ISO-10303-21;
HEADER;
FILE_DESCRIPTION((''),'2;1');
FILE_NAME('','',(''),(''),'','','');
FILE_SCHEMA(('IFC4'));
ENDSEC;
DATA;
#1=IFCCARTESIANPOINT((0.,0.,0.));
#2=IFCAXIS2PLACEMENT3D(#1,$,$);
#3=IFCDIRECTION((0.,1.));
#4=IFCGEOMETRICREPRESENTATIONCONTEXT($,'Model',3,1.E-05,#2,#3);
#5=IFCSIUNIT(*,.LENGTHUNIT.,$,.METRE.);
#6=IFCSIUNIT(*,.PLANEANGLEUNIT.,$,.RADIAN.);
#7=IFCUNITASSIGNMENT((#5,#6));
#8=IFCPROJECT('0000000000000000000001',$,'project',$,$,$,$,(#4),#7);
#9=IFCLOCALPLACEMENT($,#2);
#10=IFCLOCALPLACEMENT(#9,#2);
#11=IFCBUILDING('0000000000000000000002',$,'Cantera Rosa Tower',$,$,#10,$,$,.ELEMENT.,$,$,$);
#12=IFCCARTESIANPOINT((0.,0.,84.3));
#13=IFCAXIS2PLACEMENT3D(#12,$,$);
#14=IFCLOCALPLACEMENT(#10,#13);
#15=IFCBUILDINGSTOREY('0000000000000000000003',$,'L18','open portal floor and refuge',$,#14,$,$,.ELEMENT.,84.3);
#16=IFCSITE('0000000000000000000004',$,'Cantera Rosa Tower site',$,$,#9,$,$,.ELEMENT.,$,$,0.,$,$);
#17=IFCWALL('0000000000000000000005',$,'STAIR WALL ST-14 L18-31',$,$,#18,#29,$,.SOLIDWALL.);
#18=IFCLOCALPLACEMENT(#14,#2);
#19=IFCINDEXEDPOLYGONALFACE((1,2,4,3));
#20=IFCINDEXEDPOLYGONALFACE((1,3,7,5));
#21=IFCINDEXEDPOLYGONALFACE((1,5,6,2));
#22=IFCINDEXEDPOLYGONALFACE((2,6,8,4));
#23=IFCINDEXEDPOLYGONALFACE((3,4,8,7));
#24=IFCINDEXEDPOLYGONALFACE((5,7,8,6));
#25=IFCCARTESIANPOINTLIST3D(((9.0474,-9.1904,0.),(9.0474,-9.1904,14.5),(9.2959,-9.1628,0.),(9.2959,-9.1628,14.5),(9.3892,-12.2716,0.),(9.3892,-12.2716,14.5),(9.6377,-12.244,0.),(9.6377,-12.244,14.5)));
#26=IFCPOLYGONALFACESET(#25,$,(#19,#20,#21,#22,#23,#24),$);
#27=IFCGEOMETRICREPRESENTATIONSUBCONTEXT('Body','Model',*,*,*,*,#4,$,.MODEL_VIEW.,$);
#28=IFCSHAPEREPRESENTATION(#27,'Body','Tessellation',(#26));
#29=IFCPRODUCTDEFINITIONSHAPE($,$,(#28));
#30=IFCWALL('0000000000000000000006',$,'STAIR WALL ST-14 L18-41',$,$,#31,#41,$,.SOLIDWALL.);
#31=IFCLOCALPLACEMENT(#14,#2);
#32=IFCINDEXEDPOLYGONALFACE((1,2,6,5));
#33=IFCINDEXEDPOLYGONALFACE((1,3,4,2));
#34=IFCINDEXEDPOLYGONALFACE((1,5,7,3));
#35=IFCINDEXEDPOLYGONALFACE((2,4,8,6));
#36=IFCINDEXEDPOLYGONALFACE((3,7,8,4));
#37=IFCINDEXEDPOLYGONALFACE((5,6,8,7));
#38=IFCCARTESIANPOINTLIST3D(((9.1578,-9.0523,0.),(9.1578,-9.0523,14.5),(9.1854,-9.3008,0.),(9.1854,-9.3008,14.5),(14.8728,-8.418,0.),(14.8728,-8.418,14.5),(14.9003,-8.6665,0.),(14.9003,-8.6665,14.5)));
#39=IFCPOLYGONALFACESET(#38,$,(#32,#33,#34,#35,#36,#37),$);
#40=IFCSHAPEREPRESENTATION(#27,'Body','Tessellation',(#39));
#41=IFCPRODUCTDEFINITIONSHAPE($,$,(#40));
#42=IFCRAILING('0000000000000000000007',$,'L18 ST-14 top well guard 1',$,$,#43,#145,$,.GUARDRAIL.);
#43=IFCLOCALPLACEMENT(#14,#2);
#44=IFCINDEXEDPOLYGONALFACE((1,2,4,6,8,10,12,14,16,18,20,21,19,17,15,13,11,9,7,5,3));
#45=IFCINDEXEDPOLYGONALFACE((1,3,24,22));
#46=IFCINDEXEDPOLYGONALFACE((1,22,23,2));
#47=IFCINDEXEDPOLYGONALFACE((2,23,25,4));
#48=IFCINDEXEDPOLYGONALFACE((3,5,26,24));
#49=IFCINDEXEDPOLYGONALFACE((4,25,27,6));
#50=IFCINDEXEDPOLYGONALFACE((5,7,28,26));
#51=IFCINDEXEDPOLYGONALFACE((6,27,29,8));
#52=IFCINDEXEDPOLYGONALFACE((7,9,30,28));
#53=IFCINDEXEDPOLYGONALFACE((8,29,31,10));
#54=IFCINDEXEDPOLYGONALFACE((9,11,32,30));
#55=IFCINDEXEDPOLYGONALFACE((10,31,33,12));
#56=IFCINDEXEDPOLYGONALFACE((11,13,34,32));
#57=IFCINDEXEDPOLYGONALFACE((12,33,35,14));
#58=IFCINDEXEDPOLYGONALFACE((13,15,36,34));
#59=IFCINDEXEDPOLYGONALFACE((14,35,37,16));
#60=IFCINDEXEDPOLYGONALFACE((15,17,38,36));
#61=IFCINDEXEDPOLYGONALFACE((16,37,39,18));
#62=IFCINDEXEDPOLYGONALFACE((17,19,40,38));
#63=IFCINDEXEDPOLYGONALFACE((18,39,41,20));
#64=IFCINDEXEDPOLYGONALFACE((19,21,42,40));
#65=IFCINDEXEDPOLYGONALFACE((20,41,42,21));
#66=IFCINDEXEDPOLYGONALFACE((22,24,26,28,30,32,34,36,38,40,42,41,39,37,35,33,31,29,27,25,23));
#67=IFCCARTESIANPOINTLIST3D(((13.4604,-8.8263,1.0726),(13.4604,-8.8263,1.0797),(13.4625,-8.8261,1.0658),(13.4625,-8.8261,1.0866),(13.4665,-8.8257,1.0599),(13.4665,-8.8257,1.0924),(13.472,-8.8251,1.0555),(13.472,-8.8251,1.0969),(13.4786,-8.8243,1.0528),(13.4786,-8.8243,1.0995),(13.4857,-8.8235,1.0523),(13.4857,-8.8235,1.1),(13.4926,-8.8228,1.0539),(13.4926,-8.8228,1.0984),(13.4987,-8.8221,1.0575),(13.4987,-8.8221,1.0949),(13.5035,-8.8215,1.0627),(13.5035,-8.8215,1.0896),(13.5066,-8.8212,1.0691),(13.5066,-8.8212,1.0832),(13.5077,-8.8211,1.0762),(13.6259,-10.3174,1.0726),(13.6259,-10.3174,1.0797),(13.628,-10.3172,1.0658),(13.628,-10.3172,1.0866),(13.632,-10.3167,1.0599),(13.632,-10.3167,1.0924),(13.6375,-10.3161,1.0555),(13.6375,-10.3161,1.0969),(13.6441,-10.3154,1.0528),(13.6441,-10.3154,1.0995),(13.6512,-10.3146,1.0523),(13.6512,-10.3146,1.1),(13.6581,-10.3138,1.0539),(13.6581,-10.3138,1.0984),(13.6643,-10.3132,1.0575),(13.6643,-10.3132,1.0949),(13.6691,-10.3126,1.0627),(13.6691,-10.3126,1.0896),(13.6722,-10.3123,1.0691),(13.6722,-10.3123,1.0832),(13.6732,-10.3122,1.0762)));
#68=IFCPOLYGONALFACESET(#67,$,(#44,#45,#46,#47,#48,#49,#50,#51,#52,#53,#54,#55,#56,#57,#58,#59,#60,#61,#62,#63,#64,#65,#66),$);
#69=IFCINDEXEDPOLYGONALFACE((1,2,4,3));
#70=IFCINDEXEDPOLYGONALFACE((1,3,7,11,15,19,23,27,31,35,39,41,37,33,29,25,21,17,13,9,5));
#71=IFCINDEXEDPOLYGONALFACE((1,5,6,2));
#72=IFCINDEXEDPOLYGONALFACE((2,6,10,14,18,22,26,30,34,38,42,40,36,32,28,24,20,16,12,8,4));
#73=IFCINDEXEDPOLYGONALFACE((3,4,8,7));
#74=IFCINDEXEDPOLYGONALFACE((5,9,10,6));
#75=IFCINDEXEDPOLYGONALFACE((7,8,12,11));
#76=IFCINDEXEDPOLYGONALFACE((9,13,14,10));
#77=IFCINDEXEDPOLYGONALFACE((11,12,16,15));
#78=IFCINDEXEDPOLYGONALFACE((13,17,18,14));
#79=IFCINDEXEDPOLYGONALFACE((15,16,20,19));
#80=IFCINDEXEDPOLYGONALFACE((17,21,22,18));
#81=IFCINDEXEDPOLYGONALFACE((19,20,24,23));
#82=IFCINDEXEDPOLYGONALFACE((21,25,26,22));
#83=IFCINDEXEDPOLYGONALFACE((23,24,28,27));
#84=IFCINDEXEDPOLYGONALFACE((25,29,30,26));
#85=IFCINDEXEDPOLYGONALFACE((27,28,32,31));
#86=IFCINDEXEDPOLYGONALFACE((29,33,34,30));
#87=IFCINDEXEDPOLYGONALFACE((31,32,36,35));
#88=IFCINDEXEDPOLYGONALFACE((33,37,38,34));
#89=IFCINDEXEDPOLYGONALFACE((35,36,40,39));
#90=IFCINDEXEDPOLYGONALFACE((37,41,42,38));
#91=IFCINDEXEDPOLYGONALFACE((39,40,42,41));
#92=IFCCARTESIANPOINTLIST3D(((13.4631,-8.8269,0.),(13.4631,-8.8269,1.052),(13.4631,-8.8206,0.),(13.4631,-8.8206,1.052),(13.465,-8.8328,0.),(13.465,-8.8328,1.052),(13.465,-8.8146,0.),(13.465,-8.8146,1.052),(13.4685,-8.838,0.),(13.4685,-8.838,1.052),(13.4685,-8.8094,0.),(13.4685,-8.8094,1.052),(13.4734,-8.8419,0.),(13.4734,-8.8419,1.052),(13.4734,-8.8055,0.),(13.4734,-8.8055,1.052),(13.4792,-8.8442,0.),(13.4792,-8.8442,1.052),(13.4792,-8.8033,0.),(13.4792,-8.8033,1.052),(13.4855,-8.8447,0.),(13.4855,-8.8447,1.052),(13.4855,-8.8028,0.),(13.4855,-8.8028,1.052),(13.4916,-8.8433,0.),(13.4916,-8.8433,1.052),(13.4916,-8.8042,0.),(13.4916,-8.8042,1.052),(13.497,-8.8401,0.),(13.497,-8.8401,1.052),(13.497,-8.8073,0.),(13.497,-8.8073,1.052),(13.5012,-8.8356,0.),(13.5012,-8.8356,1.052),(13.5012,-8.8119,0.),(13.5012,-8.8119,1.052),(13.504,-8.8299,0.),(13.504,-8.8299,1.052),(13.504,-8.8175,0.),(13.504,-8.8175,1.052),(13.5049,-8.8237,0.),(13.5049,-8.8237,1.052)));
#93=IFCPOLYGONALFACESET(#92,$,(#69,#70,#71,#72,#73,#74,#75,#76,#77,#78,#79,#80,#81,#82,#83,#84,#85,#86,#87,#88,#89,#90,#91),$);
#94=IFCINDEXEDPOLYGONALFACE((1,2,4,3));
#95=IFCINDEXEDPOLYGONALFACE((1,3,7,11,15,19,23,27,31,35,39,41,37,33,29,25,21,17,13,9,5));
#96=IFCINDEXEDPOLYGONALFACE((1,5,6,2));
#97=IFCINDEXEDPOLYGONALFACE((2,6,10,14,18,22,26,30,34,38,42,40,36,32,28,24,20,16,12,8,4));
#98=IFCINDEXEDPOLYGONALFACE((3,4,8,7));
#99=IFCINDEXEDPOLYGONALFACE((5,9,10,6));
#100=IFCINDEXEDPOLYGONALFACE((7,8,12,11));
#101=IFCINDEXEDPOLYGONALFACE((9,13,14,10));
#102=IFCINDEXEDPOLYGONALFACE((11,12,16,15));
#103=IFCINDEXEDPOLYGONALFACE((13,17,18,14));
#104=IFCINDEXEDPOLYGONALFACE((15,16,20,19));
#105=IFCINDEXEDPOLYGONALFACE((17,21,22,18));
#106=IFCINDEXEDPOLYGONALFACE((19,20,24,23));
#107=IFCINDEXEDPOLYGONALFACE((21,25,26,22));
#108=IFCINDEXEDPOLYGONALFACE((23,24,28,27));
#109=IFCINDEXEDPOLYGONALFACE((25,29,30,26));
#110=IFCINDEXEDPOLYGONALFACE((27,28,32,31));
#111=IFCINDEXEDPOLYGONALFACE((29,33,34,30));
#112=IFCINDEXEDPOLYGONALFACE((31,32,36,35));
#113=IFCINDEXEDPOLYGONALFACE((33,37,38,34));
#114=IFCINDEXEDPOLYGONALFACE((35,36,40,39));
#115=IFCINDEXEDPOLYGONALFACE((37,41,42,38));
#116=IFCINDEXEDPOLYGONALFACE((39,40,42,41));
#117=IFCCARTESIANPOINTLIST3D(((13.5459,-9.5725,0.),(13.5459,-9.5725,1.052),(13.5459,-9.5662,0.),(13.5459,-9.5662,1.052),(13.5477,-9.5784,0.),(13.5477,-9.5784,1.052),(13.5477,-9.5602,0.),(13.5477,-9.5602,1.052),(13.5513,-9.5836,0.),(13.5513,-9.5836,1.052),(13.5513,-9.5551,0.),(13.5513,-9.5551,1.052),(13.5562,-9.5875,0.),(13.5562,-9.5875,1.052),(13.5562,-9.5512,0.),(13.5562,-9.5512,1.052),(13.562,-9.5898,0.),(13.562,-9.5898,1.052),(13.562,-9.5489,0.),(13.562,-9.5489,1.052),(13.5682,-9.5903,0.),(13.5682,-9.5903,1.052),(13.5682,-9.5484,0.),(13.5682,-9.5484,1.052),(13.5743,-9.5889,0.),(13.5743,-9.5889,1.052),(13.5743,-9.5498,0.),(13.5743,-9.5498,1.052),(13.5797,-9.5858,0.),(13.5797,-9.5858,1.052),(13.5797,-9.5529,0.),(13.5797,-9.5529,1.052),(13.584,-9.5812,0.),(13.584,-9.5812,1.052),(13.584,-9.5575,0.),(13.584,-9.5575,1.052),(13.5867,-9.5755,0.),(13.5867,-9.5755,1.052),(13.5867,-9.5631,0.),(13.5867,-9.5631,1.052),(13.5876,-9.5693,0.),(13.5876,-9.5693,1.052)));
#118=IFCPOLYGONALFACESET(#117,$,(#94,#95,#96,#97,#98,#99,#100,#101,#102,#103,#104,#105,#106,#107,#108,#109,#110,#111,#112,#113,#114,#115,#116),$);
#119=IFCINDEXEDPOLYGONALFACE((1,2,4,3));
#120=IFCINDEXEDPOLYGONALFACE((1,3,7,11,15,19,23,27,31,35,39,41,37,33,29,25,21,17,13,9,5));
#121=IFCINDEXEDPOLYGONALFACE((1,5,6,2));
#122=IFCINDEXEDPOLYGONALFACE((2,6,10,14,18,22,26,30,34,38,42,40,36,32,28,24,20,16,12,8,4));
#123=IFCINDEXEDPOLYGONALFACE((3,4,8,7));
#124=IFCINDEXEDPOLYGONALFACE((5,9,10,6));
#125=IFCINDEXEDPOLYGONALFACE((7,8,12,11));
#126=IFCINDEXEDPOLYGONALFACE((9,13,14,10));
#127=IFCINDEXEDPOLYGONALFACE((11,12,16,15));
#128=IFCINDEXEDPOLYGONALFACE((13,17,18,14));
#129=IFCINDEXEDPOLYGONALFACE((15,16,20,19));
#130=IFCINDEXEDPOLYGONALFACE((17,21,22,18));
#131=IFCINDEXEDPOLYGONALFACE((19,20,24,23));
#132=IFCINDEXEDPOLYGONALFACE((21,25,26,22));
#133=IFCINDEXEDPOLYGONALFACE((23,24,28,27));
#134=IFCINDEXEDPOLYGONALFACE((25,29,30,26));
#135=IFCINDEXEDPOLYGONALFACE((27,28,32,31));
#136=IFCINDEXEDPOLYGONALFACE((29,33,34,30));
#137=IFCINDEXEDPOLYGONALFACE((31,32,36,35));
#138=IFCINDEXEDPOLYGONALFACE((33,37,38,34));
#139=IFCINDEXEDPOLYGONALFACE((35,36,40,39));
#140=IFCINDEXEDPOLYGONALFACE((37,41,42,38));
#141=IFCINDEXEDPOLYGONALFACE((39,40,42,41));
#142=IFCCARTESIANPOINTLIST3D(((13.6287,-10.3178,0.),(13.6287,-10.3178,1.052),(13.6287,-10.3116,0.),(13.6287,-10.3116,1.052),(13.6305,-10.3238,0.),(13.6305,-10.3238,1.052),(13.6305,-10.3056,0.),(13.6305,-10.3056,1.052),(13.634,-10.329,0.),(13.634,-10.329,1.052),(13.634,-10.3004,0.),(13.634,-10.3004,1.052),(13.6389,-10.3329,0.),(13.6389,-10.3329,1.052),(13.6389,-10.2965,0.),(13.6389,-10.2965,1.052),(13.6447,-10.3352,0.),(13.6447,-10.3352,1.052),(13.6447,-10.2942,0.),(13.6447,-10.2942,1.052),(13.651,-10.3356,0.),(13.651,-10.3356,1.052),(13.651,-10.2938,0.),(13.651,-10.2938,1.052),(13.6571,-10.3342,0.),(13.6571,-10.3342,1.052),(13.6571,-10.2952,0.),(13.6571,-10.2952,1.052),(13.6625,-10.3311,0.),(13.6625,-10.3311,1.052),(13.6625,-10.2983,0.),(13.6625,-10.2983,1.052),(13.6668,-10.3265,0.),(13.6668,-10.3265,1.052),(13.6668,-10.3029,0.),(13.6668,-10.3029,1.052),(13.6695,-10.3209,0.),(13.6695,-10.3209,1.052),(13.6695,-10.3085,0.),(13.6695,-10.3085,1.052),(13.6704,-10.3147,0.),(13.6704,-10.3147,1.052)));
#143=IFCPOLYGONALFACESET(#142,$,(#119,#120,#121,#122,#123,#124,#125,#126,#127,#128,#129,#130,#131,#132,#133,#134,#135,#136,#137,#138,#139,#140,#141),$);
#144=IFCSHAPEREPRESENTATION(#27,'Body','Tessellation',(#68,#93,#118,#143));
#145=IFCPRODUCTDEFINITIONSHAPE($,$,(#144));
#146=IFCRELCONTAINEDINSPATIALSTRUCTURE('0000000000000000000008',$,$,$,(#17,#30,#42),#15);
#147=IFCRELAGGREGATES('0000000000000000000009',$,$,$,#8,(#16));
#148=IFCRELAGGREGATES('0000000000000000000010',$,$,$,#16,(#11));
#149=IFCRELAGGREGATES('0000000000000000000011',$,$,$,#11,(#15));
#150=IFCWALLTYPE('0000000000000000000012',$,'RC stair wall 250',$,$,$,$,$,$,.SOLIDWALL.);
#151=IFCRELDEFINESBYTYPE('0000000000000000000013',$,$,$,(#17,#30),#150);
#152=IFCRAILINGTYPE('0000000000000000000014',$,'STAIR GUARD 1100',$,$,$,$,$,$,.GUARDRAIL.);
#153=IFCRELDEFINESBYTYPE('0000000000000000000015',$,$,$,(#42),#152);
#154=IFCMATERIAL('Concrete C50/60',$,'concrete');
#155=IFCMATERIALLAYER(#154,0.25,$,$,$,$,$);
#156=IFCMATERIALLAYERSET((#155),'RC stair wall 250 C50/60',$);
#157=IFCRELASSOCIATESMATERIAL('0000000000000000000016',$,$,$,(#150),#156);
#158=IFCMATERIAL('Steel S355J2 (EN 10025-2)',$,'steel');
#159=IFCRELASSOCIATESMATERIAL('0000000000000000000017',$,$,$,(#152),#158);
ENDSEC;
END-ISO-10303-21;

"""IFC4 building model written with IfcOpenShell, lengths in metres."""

from ifc_helpers import new_model, si_unit, direction, frame, frame_2d, origin, origin_2d, place, context, subcontext, project, spatial, rectangle, circle, extrude, material, layer, layer_set, type_object, element, save


model = new_model("IFC4")

# Units and contexts
model_context = context("Model", 3, precision=1e-05, world=origin(), true_north=direction((0.0, 1.0)))
body_context = subcontext(model_context, "Body", "Model", "MODEL_VIEW")
ifc_project = project(units=[si_unit("LENGTHUNIT", "METRE"), si_unit("PLANEANGLEUNIT", "RADIAN")], contexts=[model_context])

# Site, building, storey
site_placement = place(None, origin())
site = spatial("IfcSite", under=ifc_project, at=site_placement, Name="Cantera Rosa Tower site", CompositionType="ELEMENT", RefElevation=0.0)
building_placement = place(site_placement, origin())
building = spatial("IfcBuilding", under=site, at=building_placement, Name="Cantera Rosa Tower", CompositionType="ELEMENT")
storey_placement = place(building_placement, frame((0.0, 0.0, 84.3)))
storey = spatial("IfcBuildingStorey", under=building, at=storey_placement, Name="L18", Description="open portal floor and refuge", CompositionType="ELEMENT", Elevation=84.3)

# Shared definitions
ifc_material_1 = material(Name="Concrete C50/60", Category="concrete")
ifc_layer_1 = layer(ifc_material_1, 0.25)
ifc_layer_set_1 = layer_set([ifc_layer_1], Name="RC stair wall 250 C50/60")
wall_type_1 = type_object("IfcWallType", Name="RC stair wall 250", PredefinedType="SOLIDWALL", material=ifc_layer_set_1)

# Walls
wall_1_placement = place(storey_placement, frame((9.5134, -12.2578, 0.0), z_axis=(0.0, 0.0, 1.0), x_axis=(-0.11025, 0.993904, 0.0)))
element("IfcWall", 1, at=wall_1_placement, inside=storey, type_object=wall_type_1, Name="STAIR WALL ST-14 L18-31", PredefinedType="SOLIDWALL", context=body_context, shape_type="SweptSolid", body=[
    extrude(rectangle(XDim=3.1001, YDim=0.25, at=frame_2d((1.55, 0.0))), origin(), (0.0, 0.0, 1.0), 14.5),
])
wall_2_placement = place(storey_placement, frame((9.1716, -9.1765, 0.0), z_axis=(0.0, 0.0, 1.0), x_axis=(0.993897, 0.11031, 0.0)))
element("IfcWall", 2, at=wall_2_placement, inside=storey, type_object=wall_type_1, Name="STAIR WALL ST-14 L18-41", PredefinedType="SOLIDWALL", context=body_context, shape_type="SweptSolid", body=[
    extrude(rectangle(XDim=5.75, YDim=0.25, at=frame_2d((2.875, 0.0))), origin(), (0.0, 0.0, 1.0), 14.5),
])

# Railing
ifc_material_2 = material(Name="Steel S355J2 (EN 10025-2)", Category="steel")
railing_type = type_object("IfcRailingType", Name="STAIR GUARD 1100", PredefinedType="GUARDRAIL", material=ifc_material_2)
railing_1_placement = place(storey_placement, frame((13.4839, -8.8237, 0.0)))
element("IfcRailing", 3, at=railing_1_placement, inside=storey, type_object=railing_type, Name="L18 ST-14 top well guard 1", PredefinedType="GUARDRAIL", context=body_context, shape_type="SweptSolid", body=[
    extrude(circle(Radius=0.0239, at=origin_2d()), frame((0.0, 0.0, 1.0762), z_axis=(0.110342, -0.993894, 0.0), x_axis=(0.993894, 0.110342, 0.0)), (0.0, 0.0, 1.0), 1.5002),
    extrude(circle(Radius=0.021, at=origin_2d()), origin(), (0.0, 0.0, 1.0), 1.052),
    extrude(circle(Radius=0.021, at=origin_2d()), frame((0.0828, -0.7456, 0.0)), (0.0, 0.0, 1.0), 1.052),
    extrude(circle(Radius=0.021, at=origin_2d()), frame((0.1655, -1.491, 0.0)), (0.0, 0.0, 1.0), 1.052),
])

save(model, "model.ifc")
